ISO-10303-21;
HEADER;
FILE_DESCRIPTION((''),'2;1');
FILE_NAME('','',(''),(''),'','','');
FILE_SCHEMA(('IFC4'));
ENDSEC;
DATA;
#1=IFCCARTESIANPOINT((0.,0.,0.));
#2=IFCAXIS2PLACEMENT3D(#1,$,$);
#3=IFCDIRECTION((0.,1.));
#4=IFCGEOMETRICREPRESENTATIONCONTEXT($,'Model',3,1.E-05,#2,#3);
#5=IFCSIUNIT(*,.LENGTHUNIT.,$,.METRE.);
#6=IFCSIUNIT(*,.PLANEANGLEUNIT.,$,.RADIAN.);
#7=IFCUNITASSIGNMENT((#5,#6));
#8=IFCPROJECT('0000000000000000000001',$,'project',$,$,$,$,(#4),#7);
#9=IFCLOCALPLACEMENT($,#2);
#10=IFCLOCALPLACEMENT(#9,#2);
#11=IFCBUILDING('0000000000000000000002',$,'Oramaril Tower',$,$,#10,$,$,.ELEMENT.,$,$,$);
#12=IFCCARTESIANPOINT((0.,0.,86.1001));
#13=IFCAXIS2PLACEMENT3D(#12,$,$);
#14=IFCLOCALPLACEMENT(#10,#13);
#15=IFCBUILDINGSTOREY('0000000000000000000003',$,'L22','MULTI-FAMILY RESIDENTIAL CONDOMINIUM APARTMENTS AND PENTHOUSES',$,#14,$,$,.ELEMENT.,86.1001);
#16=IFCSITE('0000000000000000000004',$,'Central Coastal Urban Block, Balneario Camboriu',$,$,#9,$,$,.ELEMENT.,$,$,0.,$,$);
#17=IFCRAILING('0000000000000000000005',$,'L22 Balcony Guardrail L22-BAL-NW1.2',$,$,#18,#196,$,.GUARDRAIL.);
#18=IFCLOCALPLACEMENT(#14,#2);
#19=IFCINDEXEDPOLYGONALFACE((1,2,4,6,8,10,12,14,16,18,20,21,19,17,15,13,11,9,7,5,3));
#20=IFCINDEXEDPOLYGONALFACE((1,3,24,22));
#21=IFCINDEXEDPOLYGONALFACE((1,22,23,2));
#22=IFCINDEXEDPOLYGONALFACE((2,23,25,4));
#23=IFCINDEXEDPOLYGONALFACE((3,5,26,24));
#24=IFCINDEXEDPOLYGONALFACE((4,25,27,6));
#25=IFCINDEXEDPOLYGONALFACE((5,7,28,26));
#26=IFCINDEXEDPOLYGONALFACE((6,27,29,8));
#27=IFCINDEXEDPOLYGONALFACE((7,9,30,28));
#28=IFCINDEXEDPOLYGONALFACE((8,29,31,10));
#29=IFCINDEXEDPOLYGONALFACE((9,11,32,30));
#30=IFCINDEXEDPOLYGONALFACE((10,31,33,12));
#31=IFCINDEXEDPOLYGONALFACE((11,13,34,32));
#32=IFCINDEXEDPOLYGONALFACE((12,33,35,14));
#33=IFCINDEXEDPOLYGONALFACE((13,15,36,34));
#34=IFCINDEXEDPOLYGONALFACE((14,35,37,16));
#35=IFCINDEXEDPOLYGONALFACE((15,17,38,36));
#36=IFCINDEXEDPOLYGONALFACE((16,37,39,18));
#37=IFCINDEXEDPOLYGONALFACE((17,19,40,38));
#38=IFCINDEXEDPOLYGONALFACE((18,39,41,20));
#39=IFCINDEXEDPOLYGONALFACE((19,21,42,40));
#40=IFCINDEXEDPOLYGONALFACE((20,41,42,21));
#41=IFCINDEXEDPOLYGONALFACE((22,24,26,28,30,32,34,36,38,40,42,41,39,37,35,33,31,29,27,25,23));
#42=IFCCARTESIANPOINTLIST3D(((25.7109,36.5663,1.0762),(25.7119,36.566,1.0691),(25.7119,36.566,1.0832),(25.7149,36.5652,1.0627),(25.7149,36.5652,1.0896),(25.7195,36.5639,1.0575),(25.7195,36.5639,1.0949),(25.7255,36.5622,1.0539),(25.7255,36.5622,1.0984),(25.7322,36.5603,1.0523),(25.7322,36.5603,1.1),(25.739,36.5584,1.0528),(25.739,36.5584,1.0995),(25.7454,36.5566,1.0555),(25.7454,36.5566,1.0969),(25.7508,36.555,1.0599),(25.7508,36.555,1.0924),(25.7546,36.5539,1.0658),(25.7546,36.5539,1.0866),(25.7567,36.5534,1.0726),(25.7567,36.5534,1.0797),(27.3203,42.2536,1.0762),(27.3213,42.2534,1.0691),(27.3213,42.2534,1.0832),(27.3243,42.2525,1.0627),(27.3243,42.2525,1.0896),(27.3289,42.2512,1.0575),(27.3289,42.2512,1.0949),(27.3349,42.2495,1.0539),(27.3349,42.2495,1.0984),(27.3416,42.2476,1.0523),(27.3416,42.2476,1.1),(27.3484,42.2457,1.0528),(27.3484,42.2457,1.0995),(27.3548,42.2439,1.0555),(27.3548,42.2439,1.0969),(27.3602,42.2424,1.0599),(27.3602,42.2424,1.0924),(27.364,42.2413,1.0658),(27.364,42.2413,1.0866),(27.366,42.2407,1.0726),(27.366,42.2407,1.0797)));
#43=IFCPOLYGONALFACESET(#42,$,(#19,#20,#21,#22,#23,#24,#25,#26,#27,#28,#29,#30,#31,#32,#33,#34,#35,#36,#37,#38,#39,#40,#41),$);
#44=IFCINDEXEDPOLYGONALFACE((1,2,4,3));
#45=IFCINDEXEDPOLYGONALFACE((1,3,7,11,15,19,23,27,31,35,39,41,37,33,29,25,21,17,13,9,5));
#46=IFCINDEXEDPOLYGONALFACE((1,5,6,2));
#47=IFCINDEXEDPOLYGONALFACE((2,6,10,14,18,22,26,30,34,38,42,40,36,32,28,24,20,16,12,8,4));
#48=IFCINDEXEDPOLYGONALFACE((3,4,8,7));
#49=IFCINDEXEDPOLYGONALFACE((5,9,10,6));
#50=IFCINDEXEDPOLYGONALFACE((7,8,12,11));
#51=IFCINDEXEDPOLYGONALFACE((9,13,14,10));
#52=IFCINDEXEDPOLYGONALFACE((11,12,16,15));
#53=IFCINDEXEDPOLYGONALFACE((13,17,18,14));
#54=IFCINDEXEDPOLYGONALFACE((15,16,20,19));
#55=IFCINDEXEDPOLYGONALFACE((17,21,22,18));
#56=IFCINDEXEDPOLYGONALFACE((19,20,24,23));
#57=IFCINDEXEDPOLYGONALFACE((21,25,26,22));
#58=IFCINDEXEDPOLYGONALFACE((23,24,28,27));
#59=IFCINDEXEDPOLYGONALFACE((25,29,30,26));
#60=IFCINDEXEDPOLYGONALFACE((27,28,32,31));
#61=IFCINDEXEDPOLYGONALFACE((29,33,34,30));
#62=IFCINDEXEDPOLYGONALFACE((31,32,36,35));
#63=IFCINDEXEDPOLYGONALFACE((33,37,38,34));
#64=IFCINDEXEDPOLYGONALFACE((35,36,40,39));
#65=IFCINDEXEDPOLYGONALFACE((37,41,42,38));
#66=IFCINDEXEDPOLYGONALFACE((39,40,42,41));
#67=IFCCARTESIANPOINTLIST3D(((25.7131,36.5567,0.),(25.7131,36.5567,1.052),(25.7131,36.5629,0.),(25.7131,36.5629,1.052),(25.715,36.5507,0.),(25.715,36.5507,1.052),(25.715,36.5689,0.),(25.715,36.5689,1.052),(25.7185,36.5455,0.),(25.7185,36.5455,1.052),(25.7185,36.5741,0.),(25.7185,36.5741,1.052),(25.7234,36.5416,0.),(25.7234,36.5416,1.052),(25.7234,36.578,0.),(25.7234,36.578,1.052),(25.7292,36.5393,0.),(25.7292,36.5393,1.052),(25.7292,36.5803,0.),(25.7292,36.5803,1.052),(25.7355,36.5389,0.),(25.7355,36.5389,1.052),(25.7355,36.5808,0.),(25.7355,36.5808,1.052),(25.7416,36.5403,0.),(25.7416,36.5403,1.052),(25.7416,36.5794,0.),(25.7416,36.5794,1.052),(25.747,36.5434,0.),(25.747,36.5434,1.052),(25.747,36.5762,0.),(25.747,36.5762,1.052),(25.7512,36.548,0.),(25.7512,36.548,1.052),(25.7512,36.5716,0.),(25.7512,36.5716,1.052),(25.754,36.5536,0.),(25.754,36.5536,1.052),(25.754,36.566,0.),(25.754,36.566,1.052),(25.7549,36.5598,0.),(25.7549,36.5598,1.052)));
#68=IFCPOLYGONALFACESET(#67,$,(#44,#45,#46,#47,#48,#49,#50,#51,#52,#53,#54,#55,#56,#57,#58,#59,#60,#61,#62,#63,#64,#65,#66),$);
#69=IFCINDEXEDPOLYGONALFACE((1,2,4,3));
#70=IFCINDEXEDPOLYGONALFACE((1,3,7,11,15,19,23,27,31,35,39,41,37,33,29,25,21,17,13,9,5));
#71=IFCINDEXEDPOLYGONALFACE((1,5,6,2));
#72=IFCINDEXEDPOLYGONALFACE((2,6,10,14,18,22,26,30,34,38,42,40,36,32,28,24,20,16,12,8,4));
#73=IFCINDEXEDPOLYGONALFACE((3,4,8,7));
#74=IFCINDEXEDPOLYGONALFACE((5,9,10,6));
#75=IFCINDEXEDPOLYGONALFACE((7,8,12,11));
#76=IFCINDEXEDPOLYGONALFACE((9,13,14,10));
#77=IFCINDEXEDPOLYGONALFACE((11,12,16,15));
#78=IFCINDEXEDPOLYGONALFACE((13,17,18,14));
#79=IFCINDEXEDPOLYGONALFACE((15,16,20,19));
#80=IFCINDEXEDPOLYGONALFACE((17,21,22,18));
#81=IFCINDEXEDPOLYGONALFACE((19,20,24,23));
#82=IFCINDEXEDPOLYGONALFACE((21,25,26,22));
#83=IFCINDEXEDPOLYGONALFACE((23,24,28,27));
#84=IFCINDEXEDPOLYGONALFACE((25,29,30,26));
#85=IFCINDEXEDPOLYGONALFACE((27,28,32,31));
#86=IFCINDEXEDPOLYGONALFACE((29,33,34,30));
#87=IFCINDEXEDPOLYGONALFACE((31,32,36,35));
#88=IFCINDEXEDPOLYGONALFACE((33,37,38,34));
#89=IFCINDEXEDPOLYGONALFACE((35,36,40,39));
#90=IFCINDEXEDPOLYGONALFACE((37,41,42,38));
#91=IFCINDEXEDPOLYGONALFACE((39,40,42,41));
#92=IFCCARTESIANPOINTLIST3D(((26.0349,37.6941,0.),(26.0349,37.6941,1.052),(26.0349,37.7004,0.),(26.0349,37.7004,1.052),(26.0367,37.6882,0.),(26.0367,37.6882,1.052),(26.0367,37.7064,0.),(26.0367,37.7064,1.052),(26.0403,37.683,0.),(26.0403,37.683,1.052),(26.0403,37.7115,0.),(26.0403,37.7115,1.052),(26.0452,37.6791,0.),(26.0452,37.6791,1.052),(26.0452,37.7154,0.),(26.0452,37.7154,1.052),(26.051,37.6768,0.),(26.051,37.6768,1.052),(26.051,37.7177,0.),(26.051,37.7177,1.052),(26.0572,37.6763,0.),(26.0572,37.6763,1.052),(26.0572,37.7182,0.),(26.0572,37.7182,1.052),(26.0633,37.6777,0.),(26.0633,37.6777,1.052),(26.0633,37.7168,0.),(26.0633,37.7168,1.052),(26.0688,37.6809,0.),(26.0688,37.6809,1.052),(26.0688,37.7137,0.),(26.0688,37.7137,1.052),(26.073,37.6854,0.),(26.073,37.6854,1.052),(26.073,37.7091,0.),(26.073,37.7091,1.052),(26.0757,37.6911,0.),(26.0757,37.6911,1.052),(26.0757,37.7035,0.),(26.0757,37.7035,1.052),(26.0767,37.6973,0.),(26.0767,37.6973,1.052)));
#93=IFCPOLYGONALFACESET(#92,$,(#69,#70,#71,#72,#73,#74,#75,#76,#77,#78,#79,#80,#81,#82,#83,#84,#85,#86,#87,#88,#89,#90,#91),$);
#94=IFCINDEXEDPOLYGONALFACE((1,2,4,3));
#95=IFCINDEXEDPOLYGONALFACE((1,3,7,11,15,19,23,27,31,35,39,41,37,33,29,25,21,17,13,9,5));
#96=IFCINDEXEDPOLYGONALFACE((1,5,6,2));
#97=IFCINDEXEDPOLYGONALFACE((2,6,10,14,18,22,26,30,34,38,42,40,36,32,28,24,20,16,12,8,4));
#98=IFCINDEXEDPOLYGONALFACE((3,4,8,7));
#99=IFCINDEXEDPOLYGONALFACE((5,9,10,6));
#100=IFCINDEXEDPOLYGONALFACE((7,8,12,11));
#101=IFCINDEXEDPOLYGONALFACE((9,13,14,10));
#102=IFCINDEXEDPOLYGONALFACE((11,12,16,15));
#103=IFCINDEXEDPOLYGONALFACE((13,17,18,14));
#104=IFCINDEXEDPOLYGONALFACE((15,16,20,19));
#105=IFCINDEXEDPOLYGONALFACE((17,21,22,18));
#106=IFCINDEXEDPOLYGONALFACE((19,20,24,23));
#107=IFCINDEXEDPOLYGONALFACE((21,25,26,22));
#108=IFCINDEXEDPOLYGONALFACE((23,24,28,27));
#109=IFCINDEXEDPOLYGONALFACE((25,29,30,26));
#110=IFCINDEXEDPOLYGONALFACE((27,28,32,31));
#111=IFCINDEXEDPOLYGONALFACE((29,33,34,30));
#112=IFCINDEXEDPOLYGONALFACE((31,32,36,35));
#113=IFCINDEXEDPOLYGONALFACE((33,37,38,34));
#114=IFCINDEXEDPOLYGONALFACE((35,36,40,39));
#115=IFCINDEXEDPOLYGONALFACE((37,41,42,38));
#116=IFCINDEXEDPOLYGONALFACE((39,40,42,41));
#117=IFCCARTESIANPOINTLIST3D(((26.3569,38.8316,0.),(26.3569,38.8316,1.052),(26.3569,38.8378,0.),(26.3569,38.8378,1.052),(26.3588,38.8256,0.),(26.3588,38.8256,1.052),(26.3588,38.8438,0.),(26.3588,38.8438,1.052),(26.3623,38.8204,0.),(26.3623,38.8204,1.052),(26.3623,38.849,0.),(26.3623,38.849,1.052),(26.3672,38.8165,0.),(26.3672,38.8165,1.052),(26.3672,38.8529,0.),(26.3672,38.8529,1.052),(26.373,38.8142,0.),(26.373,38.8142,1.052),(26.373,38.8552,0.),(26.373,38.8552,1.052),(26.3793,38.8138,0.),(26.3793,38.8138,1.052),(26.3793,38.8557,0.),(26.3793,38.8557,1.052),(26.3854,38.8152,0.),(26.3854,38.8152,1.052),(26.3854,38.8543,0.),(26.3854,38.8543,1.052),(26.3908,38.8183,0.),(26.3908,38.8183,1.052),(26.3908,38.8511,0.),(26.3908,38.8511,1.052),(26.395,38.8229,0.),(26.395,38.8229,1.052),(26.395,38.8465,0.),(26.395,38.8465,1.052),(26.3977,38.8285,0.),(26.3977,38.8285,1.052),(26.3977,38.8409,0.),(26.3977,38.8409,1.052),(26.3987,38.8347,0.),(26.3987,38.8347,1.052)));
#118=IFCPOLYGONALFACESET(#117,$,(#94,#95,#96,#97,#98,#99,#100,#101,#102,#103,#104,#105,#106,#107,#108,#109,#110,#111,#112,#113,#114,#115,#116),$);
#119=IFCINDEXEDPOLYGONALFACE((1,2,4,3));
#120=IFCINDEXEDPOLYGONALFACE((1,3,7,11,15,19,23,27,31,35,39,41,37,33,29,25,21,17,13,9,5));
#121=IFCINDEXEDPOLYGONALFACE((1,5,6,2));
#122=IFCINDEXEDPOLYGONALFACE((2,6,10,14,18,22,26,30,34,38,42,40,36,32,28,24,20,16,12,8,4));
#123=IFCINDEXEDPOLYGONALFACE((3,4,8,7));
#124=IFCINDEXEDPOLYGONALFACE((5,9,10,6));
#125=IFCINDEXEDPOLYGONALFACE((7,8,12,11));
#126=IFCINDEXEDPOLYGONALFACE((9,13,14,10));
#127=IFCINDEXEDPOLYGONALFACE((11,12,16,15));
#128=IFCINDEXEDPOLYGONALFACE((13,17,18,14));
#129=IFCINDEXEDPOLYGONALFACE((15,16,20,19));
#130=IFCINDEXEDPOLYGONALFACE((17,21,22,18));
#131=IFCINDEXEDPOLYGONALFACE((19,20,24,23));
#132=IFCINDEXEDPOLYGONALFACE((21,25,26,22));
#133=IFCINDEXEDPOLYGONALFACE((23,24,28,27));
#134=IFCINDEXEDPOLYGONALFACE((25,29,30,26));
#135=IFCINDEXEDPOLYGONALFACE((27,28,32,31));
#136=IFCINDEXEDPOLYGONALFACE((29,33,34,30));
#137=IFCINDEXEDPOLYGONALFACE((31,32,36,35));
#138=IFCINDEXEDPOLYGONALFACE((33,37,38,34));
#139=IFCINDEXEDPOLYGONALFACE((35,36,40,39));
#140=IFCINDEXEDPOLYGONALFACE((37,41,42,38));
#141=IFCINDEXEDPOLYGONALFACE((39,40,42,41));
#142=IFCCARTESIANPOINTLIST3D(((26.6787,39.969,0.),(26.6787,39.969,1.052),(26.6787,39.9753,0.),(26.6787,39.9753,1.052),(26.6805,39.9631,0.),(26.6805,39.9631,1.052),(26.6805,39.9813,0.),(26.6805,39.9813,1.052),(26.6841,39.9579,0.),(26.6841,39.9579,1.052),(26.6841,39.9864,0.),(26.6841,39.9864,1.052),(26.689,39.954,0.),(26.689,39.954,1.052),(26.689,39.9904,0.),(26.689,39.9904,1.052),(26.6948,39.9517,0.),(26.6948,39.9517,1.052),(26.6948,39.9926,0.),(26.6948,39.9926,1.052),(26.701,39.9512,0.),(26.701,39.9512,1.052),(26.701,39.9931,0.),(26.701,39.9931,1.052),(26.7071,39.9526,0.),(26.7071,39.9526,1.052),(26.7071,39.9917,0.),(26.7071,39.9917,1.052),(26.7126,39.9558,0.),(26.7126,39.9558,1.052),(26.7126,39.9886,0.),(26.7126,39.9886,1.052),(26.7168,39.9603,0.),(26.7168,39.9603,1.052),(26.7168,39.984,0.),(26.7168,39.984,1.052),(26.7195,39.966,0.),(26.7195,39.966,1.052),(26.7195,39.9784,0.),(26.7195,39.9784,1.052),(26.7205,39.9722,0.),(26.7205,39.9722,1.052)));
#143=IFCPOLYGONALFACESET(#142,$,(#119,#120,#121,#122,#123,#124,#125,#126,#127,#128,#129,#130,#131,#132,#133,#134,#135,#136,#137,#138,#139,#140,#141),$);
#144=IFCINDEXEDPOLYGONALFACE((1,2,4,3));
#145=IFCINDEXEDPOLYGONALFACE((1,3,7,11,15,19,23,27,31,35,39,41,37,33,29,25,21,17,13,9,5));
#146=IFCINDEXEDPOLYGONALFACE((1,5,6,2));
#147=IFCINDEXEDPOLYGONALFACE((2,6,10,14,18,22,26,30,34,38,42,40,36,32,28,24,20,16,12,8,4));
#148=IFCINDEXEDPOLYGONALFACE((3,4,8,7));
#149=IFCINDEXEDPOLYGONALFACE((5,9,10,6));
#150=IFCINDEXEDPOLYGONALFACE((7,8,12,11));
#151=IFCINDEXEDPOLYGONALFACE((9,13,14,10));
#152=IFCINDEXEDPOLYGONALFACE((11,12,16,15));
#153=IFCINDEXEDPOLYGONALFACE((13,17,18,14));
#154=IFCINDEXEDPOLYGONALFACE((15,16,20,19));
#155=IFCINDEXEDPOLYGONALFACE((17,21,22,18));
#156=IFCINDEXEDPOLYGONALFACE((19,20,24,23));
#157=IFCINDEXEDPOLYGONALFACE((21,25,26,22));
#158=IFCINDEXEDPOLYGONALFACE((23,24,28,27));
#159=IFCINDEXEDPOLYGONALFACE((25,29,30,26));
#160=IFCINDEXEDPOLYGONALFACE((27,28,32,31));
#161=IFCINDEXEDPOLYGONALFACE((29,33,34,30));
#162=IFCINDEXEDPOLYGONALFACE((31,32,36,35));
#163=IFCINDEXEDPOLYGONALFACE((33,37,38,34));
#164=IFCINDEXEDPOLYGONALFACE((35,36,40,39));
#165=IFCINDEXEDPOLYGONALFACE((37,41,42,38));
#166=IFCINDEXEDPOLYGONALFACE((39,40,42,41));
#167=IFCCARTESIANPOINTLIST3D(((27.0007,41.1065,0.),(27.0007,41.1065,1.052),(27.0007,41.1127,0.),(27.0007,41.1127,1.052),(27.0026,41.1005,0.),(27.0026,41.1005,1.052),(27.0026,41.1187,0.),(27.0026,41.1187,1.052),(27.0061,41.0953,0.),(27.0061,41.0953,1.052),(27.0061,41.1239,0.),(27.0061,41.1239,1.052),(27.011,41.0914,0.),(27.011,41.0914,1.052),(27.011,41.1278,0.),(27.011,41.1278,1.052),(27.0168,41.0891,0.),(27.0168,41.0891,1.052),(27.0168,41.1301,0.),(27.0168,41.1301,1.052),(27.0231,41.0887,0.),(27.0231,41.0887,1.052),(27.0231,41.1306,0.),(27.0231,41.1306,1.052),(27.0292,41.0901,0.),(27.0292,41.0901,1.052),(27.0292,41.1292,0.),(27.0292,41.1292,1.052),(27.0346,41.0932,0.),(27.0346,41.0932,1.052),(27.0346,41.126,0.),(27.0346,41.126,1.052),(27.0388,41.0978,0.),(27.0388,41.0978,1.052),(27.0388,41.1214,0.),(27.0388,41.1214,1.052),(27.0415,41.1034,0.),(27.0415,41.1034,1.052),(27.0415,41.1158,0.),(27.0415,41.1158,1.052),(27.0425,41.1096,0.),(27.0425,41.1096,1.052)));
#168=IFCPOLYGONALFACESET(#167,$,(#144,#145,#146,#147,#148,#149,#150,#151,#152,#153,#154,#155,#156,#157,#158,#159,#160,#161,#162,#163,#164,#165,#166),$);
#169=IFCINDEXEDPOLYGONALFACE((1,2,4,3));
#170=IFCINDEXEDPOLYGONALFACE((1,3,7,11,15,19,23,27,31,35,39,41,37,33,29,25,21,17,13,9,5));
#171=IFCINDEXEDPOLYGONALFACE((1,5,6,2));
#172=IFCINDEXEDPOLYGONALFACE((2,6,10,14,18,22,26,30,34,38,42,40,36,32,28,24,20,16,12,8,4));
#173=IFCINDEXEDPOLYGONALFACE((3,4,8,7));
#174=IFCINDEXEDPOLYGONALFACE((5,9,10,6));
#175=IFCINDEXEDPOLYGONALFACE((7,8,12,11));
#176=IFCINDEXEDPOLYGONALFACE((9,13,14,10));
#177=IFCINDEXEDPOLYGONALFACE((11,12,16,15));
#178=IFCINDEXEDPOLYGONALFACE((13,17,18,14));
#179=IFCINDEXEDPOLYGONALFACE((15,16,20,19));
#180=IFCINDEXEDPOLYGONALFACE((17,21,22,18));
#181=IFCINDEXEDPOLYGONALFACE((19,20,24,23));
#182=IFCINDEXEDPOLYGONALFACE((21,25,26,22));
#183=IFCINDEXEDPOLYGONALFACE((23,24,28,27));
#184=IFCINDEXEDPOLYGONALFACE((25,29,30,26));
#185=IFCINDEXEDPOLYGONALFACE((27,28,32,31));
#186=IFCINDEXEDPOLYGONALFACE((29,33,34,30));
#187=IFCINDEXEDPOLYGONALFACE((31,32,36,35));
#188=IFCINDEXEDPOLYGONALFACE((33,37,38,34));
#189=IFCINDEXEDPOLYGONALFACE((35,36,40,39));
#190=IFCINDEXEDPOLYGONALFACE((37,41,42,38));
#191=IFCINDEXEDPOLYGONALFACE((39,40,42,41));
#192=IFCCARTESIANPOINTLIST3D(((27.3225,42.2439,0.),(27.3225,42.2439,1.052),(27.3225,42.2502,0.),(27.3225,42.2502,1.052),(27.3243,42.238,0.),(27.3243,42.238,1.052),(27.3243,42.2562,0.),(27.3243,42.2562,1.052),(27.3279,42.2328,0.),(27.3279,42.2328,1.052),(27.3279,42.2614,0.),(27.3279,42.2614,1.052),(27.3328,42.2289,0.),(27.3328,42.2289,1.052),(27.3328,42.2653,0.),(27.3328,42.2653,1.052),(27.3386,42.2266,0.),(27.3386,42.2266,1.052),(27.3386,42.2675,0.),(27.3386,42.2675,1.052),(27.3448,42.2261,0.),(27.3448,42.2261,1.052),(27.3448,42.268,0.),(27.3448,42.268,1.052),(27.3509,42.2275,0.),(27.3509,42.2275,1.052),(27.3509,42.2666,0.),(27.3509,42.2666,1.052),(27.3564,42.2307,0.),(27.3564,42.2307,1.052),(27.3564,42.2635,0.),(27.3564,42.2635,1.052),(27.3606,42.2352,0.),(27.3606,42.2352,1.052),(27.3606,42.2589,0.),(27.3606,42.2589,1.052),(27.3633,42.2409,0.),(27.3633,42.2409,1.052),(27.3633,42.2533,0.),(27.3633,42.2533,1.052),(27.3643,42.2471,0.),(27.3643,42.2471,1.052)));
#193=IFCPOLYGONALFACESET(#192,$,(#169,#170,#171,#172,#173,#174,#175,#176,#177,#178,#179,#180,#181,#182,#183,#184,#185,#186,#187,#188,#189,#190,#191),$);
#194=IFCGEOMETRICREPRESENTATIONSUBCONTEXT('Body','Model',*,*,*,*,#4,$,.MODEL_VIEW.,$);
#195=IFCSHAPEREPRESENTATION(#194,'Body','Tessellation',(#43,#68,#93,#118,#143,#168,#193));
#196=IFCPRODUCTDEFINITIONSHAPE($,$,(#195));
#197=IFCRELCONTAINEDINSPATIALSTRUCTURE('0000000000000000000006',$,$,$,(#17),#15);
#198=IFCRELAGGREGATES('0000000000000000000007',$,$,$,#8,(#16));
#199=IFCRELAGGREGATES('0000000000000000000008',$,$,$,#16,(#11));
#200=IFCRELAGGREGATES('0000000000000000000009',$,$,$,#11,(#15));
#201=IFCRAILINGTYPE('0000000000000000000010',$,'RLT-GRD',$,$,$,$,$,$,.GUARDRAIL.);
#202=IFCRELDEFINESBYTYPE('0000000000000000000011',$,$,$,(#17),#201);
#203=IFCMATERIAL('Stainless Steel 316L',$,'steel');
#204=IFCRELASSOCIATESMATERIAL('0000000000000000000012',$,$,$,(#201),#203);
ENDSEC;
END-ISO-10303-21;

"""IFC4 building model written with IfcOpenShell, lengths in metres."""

from ifc_helpers import new_model, si_unit, direction, frame, origin, origin_2d, place, context, subcontext, project, spatial, circle, extrude, material, type_object, element, save


model = new_model("IFC4")

# Units and contexts
model_context = context("Model", 3, precision=1e-05, world=origin(), true_north=direction((0.0, 1.0)))
body_context = subcontext(model_context, "Body", "Model", "MODEL_VIEW")
ifc_project = project(units=[si_unit("LENGTHUNIT", "METRE"), si_unit("PLANEANGLEUNIT", "RADIAN")], contexts=[model_context])

# Site, building, storey
site_placement = place(None, origin())
site = spatial("IfcSite", under=ifc_project, at=site_placement, Name="Central Coastal Urban Block, Balneario Camboriu", CompositionType="ELEMENT", RefElevation=0.0)
building_placement = place(site_placement, origin())
building = spatial("IfcBuilding", under=site, at=building_placement, Name="Oramaril Tower", CompositionType="ELEMENT")
storey_placement = place(building_placement, frame((0.0, 0.0, 86.1001)))
storey = spatial("IfcBuildingStorey", under=building, at=storey_placement, Name="L22", Description="MULTI-FAMILY RESIDENTIAL CONDOMINIUM APARTMENTS AND PENTHOUSES", CompositionType="ELEMENT", Elevation=86.1001)

# Railing
ifc_material_1 = material(Name="Stainless Steel 316L", Category="steel")
railing_type = type_object("IfcRailingType", Name="RLT-GRD", PredefinedType="GUARDRAIL", material=ifc_material_1)
railing_1_placement = place(storey_placement, frame((25.7339, 36.5598, 0.0)))
element("IfcRailing", 1, at=railing_1_placement, inside=storey, type_object=railing_type, Name="L22 Balcony Guardrail L22-BAL-NW1.2", PredefinedType="GUARDRAIL", context=body_context, shape_type="SweptSolid", body=[
    extrude(circle(Radius=0.0239, at=origin_2d()), frame((0.0, 0.0, 1.0762), z_axis=(0.272287, 0.962216, 0.0), x_axis=(-0.962216, 0.272287, 0.0)), (0.0, 0.0, 1.0), 5.9106),
    extrude(circle(Radius=0.021, at=origin_2d()), origin(), (0.0, 0.0, 1.0), 1.052),
    extrude(circle(Radius=0.021, at=origin_2d()), frame((0.3218, 1.1375, 0.0)), (0.0, 0.0, 1.0), 1.052),
    extrude(circle(Radius=0.021, at=origin_2d()), frame((0.6438, 2.2749, 0.0)), (0.0, 0.0, 1.0), 1.052),
    extrude(circle(Radius=0.021, at=origin_2d()), frame((0.9656, 3.4124, 0.0)), (0.0, 0.0, 1.0), 1.052),
    extrude(circle(Radius=0.021, at=origin_2d()), frame((1.2876, 4.5498, 0.0)), (0.0, 0.0, 1.0), 1.052),
    extrude(circle(Radius=0.021, at=origin_2d()), frame((1.6094, 5.6873, 0.0)), (0.0, 0.0, 1.0), 1.052),
])

save(model, "model.ifc")
